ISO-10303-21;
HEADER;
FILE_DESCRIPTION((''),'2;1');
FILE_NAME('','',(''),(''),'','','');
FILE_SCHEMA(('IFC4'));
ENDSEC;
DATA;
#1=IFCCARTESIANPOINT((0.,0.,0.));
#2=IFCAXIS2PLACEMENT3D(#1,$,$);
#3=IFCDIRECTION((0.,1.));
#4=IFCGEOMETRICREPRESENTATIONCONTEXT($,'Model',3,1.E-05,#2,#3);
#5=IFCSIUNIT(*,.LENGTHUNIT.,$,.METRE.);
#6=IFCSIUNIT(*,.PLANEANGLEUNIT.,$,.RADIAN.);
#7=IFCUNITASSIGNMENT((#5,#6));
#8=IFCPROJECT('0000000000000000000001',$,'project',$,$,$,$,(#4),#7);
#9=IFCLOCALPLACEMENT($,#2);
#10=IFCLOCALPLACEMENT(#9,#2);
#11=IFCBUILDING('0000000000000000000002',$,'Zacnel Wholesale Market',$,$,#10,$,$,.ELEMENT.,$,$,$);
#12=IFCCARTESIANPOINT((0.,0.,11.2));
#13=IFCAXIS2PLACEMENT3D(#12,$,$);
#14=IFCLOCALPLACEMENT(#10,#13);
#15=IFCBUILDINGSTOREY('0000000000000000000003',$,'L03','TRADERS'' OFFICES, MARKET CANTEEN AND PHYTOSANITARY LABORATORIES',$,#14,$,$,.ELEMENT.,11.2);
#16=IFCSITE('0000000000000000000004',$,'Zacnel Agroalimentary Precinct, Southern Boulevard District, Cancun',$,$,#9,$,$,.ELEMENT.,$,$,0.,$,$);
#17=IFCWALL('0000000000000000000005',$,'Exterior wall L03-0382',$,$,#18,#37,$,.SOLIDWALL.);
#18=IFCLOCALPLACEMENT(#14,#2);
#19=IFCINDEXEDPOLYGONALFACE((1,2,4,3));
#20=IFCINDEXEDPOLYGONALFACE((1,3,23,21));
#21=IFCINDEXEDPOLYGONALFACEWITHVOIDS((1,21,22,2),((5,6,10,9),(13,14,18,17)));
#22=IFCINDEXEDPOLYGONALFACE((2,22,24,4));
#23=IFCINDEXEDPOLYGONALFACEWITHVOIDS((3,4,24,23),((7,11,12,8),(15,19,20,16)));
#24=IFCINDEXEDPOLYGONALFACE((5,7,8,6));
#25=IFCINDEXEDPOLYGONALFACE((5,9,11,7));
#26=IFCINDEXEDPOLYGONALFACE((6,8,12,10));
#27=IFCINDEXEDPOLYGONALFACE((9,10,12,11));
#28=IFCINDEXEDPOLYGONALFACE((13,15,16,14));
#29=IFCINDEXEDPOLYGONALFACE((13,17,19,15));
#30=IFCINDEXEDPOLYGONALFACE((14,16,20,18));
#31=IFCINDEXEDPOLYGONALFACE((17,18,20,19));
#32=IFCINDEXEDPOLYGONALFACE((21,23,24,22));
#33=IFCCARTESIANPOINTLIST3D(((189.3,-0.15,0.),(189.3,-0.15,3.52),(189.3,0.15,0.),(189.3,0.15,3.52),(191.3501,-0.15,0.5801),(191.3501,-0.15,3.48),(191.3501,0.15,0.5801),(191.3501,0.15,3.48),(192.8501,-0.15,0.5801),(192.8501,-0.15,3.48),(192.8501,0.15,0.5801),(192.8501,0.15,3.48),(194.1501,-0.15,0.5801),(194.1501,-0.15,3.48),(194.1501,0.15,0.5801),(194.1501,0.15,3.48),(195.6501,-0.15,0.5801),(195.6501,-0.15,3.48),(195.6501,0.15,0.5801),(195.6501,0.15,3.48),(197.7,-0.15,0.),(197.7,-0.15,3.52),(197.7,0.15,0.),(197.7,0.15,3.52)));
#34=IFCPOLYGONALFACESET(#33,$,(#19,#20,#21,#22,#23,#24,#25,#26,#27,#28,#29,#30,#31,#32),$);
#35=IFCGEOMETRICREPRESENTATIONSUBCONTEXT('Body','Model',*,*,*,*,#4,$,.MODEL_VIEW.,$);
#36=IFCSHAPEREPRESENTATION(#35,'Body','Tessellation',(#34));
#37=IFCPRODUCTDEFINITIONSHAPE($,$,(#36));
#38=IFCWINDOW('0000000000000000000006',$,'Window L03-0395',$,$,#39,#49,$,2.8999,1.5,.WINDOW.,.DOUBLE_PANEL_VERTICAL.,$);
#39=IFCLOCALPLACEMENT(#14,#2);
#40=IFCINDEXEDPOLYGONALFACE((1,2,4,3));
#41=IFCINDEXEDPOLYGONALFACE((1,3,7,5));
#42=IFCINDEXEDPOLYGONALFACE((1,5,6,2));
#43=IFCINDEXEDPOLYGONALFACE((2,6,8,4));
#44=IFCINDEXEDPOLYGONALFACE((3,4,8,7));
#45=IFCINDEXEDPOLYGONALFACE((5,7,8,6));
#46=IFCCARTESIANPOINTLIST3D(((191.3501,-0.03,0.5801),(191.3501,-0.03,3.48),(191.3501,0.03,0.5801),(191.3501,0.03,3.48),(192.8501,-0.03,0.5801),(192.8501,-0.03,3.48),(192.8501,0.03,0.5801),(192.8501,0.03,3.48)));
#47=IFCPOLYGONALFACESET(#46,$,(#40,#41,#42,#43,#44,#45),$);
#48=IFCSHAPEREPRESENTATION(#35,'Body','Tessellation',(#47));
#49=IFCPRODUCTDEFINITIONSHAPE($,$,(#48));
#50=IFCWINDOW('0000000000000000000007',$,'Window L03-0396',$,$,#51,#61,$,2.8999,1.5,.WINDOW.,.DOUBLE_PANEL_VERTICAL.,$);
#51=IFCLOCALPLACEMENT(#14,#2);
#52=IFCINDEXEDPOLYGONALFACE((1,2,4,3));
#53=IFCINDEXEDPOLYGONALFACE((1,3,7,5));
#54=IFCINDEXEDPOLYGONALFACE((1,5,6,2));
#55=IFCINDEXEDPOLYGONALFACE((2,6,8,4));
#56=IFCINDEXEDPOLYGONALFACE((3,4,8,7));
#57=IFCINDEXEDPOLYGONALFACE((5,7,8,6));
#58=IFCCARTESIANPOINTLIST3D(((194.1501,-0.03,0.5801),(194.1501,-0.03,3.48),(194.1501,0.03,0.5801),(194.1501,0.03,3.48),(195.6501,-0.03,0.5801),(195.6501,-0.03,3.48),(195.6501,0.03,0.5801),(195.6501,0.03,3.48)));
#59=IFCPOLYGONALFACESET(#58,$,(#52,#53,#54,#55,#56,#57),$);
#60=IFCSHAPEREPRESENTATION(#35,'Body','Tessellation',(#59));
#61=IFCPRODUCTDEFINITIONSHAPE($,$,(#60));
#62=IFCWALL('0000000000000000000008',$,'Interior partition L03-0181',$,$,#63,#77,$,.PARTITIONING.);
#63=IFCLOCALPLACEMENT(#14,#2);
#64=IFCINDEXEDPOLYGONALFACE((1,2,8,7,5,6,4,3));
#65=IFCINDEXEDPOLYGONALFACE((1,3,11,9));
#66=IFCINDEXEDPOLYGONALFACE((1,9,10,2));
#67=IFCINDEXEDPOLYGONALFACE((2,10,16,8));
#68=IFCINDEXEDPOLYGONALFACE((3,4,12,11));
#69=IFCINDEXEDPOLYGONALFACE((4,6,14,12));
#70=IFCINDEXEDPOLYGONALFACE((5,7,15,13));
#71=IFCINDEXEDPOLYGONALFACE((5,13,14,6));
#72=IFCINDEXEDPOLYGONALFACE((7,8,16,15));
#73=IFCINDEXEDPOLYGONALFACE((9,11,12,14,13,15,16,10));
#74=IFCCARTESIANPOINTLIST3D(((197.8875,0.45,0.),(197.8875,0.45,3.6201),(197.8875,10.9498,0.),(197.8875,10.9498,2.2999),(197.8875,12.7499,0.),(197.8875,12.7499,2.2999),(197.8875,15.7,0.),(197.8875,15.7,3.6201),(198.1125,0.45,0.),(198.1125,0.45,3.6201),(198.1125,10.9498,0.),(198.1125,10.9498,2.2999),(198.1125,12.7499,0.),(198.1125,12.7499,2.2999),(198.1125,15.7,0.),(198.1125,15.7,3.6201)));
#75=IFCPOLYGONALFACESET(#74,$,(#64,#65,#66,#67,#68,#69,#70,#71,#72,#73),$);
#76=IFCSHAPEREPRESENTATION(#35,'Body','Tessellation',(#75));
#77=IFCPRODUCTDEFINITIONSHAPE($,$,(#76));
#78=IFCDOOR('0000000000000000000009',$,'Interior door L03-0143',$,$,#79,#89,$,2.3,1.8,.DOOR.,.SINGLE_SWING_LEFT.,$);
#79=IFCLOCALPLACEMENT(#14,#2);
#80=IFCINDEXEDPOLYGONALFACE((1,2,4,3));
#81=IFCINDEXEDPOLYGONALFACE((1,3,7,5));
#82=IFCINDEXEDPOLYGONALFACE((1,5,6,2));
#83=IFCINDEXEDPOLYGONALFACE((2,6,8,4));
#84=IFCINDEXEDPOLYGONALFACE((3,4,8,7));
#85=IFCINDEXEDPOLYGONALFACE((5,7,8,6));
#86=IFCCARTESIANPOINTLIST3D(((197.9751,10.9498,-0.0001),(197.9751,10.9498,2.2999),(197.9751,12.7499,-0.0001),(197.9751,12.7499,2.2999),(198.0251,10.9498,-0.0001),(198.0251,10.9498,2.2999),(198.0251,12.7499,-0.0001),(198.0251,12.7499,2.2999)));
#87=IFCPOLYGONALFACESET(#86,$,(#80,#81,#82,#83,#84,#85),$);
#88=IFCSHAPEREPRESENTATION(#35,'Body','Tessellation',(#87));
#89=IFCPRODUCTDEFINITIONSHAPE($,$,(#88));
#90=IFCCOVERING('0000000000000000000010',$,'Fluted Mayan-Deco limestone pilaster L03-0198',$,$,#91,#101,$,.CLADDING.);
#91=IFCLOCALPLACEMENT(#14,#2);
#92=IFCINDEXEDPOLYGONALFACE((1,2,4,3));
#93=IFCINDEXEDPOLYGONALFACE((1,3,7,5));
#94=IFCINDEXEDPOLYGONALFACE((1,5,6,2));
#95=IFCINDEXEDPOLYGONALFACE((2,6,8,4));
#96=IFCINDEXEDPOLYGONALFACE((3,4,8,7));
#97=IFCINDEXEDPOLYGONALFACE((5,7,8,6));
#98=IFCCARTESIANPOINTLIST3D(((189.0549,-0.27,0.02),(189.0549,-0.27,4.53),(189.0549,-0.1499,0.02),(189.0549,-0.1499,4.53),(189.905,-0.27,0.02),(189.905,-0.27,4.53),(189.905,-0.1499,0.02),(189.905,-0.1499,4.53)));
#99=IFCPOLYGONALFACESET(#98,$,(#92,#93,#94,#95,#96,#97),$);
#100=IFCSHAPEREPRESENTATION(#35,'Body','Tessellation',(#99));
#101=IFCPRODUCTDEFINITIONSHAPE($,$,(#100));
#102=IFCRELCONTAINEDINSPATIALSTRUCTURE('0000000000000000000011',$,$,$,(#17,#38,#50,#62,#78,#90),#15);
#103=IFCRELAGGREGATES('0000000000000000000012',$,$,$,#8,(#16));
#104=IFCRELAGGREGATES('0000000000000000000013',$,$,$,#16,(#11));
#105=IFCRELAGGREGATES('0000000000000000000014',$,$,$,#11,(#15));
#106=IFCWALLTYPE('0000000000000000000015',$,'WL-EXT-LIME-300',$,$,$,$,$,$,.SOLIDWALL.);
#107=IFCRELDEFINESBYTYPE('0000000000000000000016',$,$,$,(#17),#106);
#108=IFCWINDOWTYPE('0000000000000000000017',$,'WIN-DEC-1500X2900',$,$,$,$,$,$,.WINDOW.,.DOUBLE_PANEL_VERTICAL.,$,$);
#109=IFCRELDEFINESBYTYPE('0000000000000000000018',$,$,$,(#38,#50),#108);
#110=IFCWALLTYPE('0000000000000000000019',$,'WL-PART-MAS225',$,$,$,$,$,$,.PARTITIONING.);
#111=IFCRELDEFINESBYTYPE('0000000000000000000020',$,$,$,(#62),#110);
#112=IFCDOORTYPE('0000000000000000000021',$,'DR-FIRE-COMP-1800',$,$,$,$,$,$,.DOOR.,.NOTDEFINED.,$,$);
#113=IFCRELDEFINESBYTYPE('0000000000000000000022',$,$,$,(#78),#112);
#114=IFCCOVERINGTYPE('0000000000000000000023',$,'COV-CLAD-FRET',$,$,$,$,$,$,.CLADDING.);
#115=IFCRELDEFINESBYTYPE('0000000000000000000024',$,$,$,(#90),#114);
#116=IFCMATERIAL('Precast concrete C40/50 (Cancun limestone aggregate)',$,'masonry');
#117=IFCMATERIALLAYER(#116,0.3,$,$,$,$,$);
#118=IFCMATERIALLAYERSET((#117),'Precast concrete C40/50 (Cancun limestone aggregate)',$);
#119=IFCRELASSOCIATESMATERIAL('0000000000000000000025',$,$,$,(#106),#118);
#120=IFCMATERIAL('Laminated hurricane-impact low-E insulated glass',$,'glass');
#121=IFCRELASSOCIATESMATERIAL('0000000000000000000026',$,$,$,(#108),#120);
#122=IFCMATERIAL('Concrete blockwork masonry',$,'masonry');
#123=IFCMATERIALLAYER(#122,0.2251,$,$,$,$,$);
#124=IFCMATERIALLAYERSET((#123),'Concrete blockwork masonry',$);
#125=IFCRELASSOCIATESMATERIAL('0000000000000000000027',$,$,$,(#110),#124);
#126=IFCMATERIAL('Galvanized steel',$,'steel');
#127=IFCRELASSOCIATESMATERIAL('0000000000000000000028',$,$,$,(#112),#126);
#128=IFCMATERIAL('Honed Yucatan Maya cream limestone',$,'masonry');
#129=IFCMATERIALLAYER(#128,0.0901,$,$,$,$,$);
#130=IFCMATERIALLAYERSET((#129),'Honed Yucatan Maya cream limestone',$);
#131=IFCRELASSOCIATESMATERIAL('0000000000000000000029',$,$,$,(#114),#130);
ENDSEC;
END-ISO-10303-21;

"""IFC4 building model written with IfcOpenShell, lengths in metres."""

from ifc_helpers import new_model, si_unit, direction, frame, frame_2d, origin, origin_2d, place, context, subcontext, project, spatial, rectangle, extrude, material, layer, layer_set, type_object, element, fill, save


model = new_model("IFC4")

# Units and contexts
model_context = context("Model", 3, precision=1e-05, world=origin(), true_north=direction((0.0, 1.0)))
body_context = subcontext(model_context, "Body", "Model", "MODEL_VIEW")
ifc_project = project(units=[si_unit("LENGTHUNIT", "METRE"), si_unit("PLANEANGLEUNIT", "RADIAN")], contexts=[model_context])

# Site, building, storey
site_placement = place(None, origin())
site = spatial("IfcSite", under=ifc_project, at=site_placement, Name="Zacnel Agroalimentary Precinct, Southern Boulevard District, Cancun", CompositionType="ELEMENT", RefElevation=0.0)
building_placement = place(site_placement, origin())
building = spatial("IfcBuilding", under=site, at=building_placement, Name="Zacnel Wholesale Market", CompositionType="ELEMENT")
storey_placement = place(building_placement, frame((0.0, 0.0, 11.2)))
storey = spatial("IfcBuildingStorey", under=building, at=storey_placement, Name="L03", Description="TRADERS' OFFICES, MARKET CANTEEN AND PHYTOSANITARY LABORATORIES", CompositionType="ELEMENT", Elevation=11.2)

# Wall, openings, windows
ifc_material_1 = material(Name="Precast concrete C40/50 (Cancun limestone aggregate)", Category="masonry")
ifc_layer_1 = layer(ifc_material_1, 0.3)
ifc_layer_set_1 = layer_set([ifc_layer_1], Name="Precast concrete C40/50 (Cancun limestone aggregate)")
wall_type_1 = type_object("IfcWallType", Name="WL-EXT-LIME-300", PredefinedType="SOLIDWALL", material=ifc_layer_set_1)
wall_1_placement = place(storey_placement, frame((189.3, 0.0, 0.0), z_axis=(0.0, 0.0, 1.0), x_axis=(1.0, 0.0, 0.0)))
wall_1 = element("IfcWall", 1, at=wall_1_placement, inside=storey, type_object=wall_type_1, Name="Exterior wall L03-0382", PredefinedType="SOLIDWALL", context=body_context, shape_type="SweptSolid", body=[
    extrude(rectangle(XDim=8.3999, YDim=0.3, at=frame_2d((4.2, 0.0))), origin(), (0.0, 0.0, 1.0), 3.52),
])
opening_1_placement = place(wall_1_placement, frame((2.05, 0.0, 0.5801)))
opening_1 = element("IfcOpeningElement", 2, at=opening_1_placement, cuts=wall_1, PredefinedType="OPENING", context=body_context, shape_type="SweptSolid", body=[
    extrude(rectangle(XDim=1.5, YDim=2.8999, at=frame_2d((0.75, 1.45))), frame((0.0, 0.1599, 0.0), z_axis=(0.0, -1.0, 0.0), x_axis=(1.0, 0.0, 0.0)), (0.0, 0.0, 1.0), 0.3201),
])
opening_2_placement = place(wall_1_placement, frame((4.8501, 0.0, 0.5801)))
opening_2 = element("IfcOpeningElement", 3, at=opening_2_placement, cuts=wall_1, PredefinedType="OPENING", context=body_context, shape_type="SweptSolid", body=[
    extrude(rectangle(XDim=1.5, YDim=2.8999, at=frame_2d((0.75, 1.45))), frame((0.0, 0.1599, 0.0), z_axis=(0.0, -1.0, 0.0), x_axis=(1.0, 0.0, 0.0)), (0.0, 0.0, 1.0), 0.3201),
])
ifc_material_2 = material(Name="Laminated hurricane-impact low-E insulated glass", Category="glass")
window_type = type_object("IfcWindowType", Name="WIN-DEC-1500X2900", PartitioningType="DOUBLE_PANEL_VERTICAL", PredefinedType="WINDOW", material=ifc_material_2)
window_1_placement = place(opening_1_placement, origin())
window_1 = element("IfcWindow", 4, at=window_1_placement, inside=storey, type_object=window_type, Name="Window L03-0395", OverallHeight=2.8999, OverallWidth=1.5, PartitioningType="DOUBLE_PANEL_VERTICAL", PredefinedType="WINDOW", context=body_context, shape_type="SweptSolid", body=[
    extrude(rectangle(XDim=1.5, YDim=2.8999, at=frame_2d((0.75, 1.45))), frame((0.0, 0.03, 0.0), z_axis=(0.0, -1.0, 0.0), x_axis=(1.0, 0.0, 0.0)), (0.0, 0.0, 1.0), 0.0601),
])
fill(opening_1, window_1)
window_2_placement = place(opening_2_placement, origin())
window_2 = element("IfcWindow", 5, at=window_2_placement, inside=storey, type_object=window_type, Name="Window L03-0396", OverallHeight=2.8999, OverallWidth=1.5, PartitioningType="DOUBLE_PANEL_VERTICAL", PredefinedType="WINDOW", context=body_context, shape_type="SweptSolid", body=[
    extrude(rectangle(XDim=1.5, YDim=2.8999, at=frame_2d((0.75, 1.45))), frame((0.0, 0.03, 0.0), z_axis=(0.0, -1.0, 0.0), x_axis=(1.0, 0.0, 0.0)), (0.0, 0.0, 1.0), 0.0601),
])
fill(opening_2, window_2)

# Wall, opening, door
ifc_material_3 = material(Name="Concrete blockwork masonry", Category="masonry")
ifc_layer_2 = layer(ifc_material_3, 0.2251)
ifc_layer_set_2 = layer_set([ifc_layer_2], Name="Concrete blockwork masonry")
wall_type_2 = type_object("IfcWallType", Name="WL-PART-MAS225", PredefinedType="PARTITIONING", material=ifc_layer_set_2)
wall_2_placement = place(storey_placement, frame((198.0, 0.45, 0.0), z_axis=(0.0, 0.0, 1.0), x_axis=(0.0, 1.0, 0.0)))
wall_2 = element("IfcWall", 6, at=wall_2_placement, inside=storey, type_object=wall_type_2, Name="Interior partition L03-0181", PredefinedType="PARTITIONING", context=body_context, shape_type="SweptSolid", body=[
    extrude(rectangle(XDim=15.25, YDim=0.2251, at=frame_2d((7.625, 0.0))), origin(), (0.0, 0.0, 1.0), 3.6201),
])
opening_3_placement = place(wall_2_placement, frame((10.5, 0.0, 0.0)))
opening_3 = element("IfcOpeningElement", 7, at=opening_3_placement, cuts=wall_2, PredefinedType="OPENING", context=body_context, shape_type="SweptSolid", body=[
    extrude(rectangle(XDim=1.8, YDim=2.3, at=frame_2d((0.8999, 1.1499))), frame((0.0, 0.1226, 0.0), z_axis=(0.0, -1.0, 0.0), x_axis=(1.0, 0.0, 0.0)), (0.0, 0.0, 1.0), 0.2451),
])
ifc_material_4 = material(Name="Galvanized steel", Category="steel")
door_type = type_object("IfcDoorType", Name="DR-FIRE-COMP-1800", OperationType="NOTDEFINED", PredefinedType="DOOR", material=ifc_material_4)
door_placement = place(opening_3_placement, origin())
door = element("IfcDoor", 8, at=door_placement, inside=storey, type_object=door_type, Name="Interior door L03-0143", OperationType="SINGLE_SWING_LEFT", OverallHeight=2.3, OverallWidth=1.8, PredefinedType="DOOR", context=body_context, shape_type="SweptSolid", body=[
    extrude(rectangle(XDim=1.8, YDim=2.3, at=frame_2d((0.8999, 1.1499))), frame((0.0, 0.0249, 0.0), z_axis=(0.0, -1.0, 0.0), x_axis=(1.0, 0.0, 0.0)), (0.0, 0.0, 1.0), 0.05),
])
fill(opening_3, door)

# Covering
ifc_material_5 = material(Name="Honed Yucatan Maya cream limestone", Category="masonry")
ifc_layer_3 = layer(ifc_material_5, 0.0901)
ifc_layer_set_3 = layer_set([ifc_layer_3], Name="Honed Yucatan Maya cream limestone")
covering_type = type_object("IfcCoveringType", Name="COV-CLAD-FRET", PredefinedType="CLADDING", material=ifc_layer_set_3)
covering_placement = place(storey_placement, frame((189.48, -0.21, 0.02), z_axis=(0.0, 0.0, 1.0), x_axis=(1.0, 0.0, 0.0)))
element("IfcCovering", 9, at=covering_placement, inside=storey, type_object=covering_type, Name="Fluted Mayan-Deco limestone pilaster L03-0198", PredefinedType="CLADDING", context=body_context, shape_type="SweptSolid", body=[
    extrude(rectangle(XDim=0.8501, YDim=0.1201, at=origin_2d()), origin(), (0.0, 0.0, 1.0), 4.51),
])

save(model, "model.ifc")
